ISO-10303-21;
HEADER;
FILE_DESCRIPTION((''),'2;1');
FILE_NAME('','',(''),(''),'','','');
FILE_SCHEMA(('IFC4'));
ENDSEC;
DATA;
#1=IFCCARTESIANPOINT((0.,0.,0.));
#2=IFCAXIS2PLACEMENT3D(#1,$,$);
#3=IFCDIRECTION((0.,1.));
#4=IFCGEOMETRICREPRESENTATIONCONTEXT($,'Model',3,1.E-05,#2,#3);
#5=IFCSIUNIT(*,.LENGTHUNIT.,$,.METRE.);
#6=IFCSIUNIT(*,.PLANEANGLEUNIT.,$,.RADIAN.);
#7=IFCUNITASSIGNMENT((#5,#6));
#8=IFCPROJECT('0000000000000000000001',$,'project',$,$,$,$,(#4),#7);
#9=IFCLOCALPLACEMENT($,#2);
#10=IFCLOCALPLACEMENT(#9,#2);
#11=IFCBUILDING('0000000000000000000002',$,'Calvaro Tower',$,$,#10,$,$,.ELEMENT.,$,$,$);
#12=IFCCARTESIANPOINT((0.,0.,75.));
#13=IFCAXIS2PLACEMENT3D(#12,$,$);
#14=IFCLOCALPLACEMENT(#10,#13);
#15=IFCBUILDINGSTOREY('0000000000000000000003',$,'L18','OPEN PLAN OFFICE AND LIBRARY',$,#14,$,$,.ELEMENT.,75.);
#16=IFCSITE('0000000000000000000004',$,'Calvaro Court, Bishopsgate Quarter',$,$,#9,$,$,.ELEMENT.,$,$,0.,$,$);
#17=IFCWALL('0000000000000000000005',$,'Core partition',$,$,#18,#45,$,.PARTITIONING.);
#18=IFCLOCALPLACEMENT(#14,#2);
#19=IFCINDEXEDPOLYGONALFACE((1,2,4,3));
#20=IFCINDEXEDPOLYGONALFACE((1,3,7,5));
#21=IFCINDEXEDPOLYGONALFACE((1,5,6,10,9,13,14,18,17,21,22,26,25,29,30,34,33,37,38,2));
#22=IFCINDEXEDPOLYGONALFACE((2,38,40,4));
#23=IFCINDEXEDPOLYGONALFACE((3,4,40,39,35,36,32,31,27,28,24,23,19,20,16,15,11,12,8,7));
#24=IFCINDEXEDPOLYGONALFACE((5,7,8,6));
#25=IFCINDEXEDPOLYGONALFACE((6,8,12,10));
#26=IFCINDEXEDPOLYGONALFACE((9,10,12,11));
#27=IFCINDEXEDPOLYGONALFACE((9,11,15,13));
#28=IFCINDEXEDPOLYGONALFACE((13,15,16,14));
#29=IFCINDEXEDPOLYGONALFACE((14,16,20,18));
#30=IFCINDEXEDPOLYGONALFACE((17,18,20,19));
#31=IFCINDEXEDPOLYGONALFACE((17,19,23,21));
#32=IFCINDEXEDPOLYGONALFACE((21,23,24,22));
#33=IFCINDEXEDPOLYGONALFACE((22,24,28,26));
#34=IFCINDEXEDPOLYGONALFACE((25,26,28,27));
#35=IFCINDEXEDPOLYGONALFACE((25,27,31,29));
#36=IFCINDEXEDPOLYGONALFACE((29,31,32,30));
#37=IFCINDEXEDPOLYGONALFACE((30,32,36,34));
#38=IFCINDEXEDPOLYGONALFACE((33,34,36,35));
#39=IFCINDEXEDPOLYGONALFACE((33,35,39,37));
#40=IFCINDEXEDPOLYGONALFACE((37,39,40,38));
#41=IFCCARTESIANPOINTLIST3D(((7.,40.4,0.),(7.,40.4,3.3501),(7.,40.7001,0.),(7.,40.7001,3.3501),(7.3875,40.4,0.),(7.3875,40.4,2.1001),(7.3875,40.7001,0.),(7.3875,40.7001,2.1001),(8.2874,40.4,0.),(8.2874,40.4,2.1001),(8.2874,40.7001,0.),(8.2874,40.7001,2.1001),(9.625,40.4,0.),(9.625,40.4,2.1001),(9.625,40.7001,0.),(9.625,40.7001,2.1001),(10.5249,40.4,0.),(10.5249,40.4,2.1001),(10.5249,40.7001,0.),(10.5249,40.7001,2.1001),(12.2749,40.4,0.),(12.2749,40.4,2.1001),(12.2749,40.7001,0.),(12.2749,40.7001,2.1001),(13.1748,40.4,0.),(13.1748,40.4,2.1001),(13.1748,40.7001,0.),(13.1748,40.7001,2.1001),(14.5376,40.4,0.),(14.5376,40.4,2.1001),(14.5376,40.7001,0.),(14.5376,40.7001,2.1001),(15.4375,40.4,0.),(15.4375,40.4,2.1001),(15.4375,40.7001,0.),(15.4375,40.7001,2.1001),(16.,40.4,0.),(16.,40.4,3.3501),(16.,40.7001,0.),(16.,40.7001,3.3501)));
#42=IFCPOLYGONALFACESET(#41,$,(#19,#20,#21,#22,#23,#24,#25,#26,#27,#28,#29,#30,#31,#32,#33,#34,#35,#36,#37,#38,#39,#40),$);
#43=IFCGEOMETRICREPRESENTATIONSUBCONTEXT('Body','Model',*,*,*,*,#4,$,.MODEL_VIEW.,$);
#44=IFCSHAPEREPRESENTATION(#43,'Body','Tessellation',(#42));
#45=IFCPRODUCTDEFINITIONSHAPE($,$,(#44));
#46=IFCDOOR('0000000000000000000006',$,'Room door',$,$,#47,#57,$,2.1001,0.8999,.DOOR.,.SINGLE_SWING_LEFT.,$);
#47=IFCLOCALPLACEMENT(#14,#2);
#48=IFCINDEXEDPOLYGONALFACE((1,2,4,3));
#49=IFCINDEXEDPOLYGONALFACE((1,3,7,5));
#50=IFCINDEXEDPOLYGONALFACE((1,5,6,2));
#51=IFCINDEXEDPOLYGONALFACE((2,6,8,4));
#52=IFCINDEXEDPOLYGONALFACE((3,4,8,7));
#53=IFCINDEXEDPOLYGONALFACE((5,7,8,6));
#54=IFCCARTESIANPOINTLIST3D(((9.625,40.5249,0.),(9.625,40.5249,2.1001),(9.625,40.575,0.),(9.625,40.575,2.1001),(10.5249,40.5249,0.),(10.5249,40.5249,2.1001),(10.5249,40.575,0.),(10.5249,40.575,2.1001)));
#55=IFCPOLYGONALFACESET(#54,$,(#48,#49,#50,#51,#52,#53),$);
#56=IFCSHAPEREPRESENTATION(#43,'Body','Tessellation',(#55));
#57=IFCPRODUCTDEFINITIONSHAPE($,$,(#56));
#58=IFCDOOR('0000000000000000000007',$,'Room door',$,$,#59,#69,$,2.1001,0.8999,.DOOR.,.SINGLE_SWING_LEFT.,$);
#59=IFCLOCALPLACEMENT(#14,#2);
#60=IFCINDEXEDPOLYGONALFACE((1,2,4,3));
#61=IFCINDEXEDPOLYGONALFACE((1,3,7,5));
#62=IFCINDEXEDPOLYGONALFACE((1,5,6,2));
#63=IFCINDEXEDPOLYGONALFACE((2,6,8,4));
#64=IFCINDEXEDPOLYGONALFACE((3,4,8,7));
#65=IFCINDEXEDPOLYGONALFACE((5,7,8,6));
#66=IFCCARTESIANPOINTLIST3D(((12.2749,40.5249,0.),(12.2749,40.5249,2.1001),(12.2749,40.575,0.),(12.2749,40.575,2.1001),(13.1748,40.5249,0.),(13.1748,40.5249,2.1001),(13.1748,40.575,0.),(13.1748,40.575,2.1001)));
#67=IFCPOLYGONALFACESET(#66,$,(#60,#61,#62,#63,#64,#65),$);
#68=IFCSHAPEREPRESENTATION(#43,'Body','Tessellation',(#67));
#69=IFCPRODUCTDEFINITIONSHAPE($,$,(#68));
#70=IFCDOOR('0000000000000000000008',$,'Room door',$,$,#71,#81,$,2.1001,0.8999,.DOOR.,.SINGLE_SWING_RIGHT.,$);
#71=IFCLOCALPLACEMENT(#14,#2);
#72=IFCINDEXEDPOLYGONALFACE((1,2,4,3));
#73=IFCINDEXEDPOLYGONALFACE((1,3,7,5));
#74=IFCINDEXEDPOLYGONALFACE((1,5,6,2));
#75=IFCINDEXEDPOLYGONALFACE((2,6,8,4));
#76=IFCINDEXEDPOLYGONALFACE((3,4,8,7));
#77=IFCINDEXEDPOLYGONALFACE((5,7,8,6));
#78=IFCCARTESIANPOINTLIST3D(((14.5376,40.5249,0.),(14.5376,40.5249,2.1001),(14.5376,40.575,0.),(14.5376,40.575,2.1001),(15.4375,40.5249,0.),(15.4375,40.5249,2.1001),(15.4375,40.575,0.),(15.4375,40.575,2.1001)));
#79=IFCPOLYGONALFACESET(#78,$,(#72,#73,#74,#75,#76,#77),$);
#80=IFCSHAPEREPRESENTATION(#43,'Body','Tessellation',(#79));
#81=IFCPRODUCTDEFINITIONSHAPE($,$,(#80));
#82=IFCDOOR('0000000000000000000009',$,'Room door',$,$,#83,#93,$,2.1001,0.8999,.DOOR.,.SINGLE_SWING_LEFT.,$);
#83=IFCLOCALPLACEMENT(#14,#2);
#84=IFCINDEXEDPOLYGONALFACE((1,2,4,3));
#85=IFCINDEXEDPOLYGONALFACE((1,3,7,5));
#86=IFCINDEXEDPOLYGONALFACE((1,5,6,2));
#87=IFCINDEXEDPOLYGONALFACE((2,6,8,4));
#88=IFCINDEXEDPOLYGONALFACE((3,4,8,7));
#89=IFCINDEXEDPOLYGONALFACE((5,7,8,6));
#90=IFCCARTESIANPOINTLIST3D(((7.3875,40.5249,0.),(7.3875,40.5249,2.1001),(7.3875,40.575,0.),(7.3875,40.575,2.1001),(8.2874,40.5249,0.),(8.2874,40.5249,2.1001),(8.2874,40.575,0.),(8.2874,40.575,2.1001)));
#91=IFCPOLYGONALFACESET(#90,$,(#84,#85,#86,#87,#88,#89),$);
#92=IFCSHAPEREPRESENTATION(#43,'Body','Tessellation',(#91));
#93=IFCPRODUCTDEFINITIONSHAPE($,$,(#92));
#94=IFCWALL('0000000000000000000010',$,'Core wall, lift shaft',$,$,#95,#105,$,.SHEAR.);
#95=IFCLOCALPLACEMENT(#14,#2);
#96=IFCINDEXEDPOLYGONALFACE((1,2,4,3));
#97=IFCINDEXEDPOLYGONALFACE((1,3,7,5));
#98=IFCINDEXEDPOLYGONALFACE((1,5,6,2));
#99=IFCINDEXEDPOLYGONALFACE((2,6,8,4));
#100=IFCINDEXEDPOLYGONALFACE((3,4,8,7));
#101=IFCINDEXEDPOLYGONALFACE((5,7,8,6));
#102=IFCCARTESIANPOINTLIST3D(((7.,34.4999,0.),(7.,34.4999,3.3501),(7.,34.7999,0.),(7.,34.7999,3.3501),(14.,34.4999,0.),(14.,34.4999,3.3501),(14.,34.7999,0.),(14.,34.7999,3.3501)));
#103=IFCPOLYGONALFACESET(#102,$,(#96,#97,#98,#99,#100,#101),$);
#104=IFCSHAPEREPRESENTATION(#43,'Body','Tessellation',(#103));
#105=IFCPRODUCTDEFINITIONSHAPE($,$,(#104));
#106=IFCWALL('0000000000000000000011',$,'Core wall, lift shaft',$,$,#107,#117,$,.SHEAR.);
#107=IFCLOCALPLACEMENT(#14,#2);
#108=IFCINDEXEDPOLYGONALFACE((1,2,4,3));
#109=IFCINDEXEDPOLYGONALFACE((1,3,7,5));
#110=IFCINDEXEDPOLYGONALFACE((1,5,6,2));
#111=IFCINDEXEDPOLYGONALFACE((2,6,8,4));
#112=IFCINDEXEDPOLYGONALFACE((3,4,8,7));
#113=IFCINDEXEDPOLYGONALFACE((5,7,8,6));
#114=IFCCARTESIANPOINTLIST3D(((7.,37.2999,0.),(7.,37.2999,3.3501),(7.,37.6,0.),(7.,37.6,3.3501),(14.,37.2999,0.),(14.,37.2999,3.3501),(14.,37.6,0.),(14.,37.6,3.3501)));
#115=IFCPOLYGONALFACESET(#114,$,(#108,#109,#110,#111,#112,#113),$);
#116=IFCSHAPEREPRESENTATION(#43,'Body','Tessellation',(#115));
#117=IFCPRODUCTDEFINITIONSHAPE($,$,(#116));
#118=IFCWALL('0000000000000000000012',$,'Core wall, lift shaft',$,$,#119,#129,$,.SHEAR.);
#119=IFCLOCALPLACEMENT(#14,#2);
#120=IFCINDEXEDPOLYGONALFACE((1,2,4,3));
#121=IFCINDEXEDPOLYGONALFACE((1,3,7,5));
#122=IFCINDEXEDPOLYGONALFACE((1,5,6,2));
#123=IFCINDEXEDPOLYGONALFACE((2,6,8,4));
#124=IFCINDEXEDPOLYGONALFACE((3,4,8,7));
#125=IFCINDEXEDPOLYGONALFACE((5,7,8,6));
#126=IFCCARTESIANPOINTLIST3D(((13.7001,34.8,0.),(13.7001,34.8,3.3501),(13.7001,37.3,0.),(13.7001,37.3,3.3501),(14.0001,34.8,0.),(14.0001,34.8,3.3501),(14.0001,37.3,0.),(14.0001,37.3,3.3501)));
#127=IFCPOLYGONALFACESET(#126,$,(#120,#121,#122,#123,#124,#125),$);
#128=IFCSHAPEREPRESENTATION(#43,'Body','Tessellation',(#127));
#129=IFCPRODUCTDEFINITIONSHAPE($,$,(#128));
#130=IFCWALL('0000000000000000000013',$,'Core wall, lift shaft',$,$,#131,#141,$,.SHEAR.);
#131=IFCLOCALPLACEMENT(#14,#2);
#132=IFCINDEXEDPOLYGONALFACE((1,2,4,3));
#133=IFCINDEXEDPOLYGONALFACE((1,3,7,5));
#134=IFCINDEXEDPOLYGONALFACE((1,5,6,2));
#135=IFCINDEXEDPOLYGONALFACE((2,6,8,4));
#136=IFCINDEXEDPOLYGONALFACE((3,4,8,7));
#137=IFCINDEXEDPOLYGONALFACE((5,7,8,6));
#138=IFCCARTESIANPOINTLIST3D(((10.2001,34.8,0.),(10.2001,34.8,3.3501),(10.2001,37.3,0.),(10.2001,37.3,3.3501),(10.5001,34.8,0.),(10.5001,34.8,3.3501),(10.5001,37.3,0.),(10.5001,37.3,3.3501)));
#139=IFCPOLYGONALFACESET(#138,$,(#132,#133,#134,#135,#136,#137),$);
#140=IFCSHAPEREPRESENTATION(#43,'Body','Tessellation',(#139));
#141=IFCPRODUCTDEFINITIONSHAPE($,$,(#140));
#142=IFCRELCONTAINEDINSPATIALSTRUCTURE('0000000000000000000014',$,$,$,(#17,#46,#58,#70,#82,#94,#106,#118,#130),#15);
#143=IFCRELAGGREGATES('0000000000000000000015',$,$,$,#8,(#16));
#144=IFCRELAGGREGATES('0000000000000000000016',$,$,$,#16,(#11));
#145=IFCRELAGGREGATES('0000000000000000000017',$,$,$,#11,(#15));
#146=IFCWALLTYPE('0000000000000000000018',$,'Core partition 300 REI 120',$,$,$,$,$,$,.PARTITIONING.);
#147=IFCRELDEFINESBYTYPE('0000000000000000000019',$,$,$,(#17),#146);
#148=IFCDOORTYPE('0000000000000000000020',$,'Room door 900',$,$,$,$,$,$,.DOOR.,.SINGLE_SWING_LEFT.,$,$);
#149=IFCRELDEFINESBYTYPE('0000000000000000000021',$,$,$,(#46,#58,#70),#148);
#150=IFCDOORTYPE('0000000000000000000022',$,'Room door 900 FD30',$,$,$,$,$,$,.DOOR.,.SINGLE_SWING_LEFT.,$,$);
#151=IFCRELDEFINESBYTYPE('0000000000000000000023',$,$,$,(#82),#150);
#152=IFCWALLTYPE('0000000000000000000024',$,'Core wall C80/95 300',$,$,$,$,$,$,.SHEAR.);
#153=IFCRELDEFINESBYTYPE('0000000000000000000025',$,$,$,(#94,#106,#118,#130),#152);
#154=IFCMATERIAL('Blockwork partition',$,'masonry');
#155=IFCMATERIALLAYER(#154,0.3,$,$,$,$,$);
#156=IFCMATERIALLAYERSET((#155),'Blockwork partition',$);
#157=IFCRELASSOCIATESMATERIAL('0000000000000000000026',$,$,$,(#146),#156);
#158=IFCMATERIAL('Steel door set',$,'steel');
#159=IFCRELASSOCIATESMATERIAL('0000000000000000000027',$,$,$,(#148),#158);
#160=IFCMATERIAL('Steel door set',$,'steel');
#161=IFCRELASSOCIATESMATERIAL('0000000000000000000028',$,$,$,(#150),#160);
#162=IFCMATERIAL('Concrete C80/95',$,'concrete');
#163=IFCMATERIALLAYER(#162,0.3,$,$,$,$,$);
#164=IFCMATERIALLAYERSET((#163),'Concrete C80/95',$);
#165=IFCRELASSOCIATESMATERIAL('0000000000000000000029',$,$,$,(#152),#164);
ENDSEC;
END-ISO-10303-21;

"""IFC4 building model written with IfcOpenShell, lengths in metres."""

from ifc_helpers import new_model, si_unit, direction, frame, frame_2d, origin, place, context, subcontext, project, spatial, rectangle, extrude, material, layer, layer_set, type_object, element, fill, save


model = new_model("IFC4")

# Units and contexts
model_context = context("Model", 3, precision=1e-05, world=origin(), true_north=direction((0.0, 1.0)))
body_context = subcontext(model_context, "Body", "Model", "MODEL_VIEW")
ifc_project = project(units=[si_unit("LENGTHUNIT", "METRE"), si_unit("PLANEANGLEUNIT", "RADIAN")], contexts=[model_context])

# Site, building, storey
site_placement = place(None, origin())
site = spatial("IfcSite", under=ifc_project, at=site_placement, Name="Calvaro Court, Bishopsgate Quarter", CompositionType="ELEMENT", RefElevation=0.0)
building_placement = place(site_placement, origin())
building = spatial("IfcBuilding", under=site, at=building_placement, Name="Calvaro Tower", CompositionType="ELEMENT")
storey_placement = place(building_placement, frame((0.0, 0.0, 75.0)))
storey = spatial("IfcBuildingStorey", under=building, at=storey_placement, Name="L18", Description="OPEN PLAN OFFICE AND LIBRARY", CompositionType="ELEMENT", Elevation=75.0)

# Wall, openings, doors
ifc_material_1 = material(Name="Blockwork partition", Category="masonry")
ifc_layer_1 = layer(ifc_material_1, 0.3)
ifc_layer_set_1 = layer_set([ifc_layer_1], Name="Blockwork partition")
wall_type_1 = type_object("IfcWallType", Name="Core partition 300 REI 120", PredefinedType="PARTITIONING", material=ifc_layer_set_1)
wall_1_placement = place(storey_placement, frame((7.0, 40.55, 0.0), z_axis=(0.0, 0.0, 1.0), x_axis=(1.0, 0.0, 0.0)))
wall_1 = element("IfcWall", 1, at=wall_1_placement, inside=storey, type_object=wall_type_1, Name="Core partition", PredefinedType="PARTITIONING", context=body_context, shape_type="SweptSolid", body=[
    extrude(rectangle(XDim=9.0, YDim=0.3, at=frame_2d((4.5, 0.0))), origin(), (0.0, 0.0, 1.0), 3.3501),
])
opening_1_placement = place(wall_1_placement, frame((0.3875, 0.0, 0.0)))
opening_1 = element("IfcOpeningElement", 2, at=opening_1_placement, cuts=wall_1, PredefinedType="OPENING", context=body_context, shape_type="SweptSolid", body=[
    extrude(rectangle(XDim=0.8999, YDim=2.1001, at=frame_2d((0.45, 1.05))), frame((0.0, 0.1599, 0.0), z_axis=(0.0, -1.0, 0.0), x_axis=(1.0, 0.0, 0.0)), (0.0, 0.0, 1.0), 0.3201),
])
opening_2_placement = place(wall_1_placement, frame((2.625, 0.0, 0.0)))
opening_2 = element("IfcOpeningElement", 3, at=opening_2_placement, cuts=wall_1, PredefinedType="OPENING", context=body_context, shape_type="SweptSolid", body=[
    extrude(rectangle(XDim=0.8999, YDim=2.1001, at=frame_2d((0.45, 1.05))), frame((0.0, 0.1599, 0.0), z_axis=(0.0, -1.0, 0.0), x_axis=(1.0, 0.0, 0.0)), (0.0, 0.0, 1.0), 0.3201),
])
opening_3_placement = place(wall_1_placement, frame((5.2749, 0.0, 0.0)))
opening_3 = element("IfcOpeningElement", 4, at=opening_3_placement, cuts=wall_1, PredefinedType="OPENING", context=body_context, shape_type="SweptSolid", body=[
    extrude(rectangle(XDim=0.8999, YDim=2.1001, at=frame_2d((0.45, 1.05))), frame((0.0, 0.1599, 0.0), z_axis=(0.0, -1.0, 0.0), x_axis=(1.0, 0.0, 0.0)), (0.0, 0.0, 1.0), 0.3201),
])
opening_4_placement = place(wall_1_placement, frame((7.5376, 0.0, 0.0)))
opening_4 = element("IfcOpeningElement", 5, at=opening_4_placement, cuts=wall_1, PredefinedType="OPENING", context=body_context, shape_type="SweptSolid", body=[
    extrude(rectangle(XDim=0.8999, YDim=2.1001, at=frame_2d((0.45, 1.05))), frame((0.0, 0.1599, 0.0), z_axis=(0.0, -1.0, 0.0), x_axis=(1.0, 0.0, 0.0)), (0.0, 0.0, 1.0), 0.3201),
])
ifc_material_2 = material(Name="Steel door set", Category="steel")
door_type_1 = type_object("IfcDoorType", Name="Room door 900", OperationType="SINGLE_SWING_LEFT", PredefinedType="DOOR", material=ifc_material_2)
door_1_placement = place(opening_2_placement, origin())
door_1 = element("IfcDoor", 6, at=door_1_placement, inside=storey, type_object=door_type_1, Name="Room door", OperationType="SINGLE_SWING_LEFT", OverallHeight=2.1001, OverallWidth=0.8999, PredefinedType="DOOR", context=body_context, shape_type="SweptSolid", body=[
    extrude(rectangle(XDim=0.8999, YDim=2.1001, at=frame_2d((0.45, 1.05))), frame((0.0, 0.0249, 0.0), z_axis=(0.0, -1.0, 0.0), x_axis=(1.0, 0.0, 0.0)), (0.0, 0.0, 1.0), 0.05),
])
fill(opening_2, door_1)
door_2_placement = place(opening_3_placement, origin())
door_2 = element("IfcDoor", 7, at=door_2_placement, inside=storey, type_object=door_type_1, Name="Room door", OperationType="SINGLE_SWING_LEFT", OverallHeight=2.1001, OverallWidth=0.8999, PredefinedType="DOOR", context=body_context, shape_type="SweptSolid", body=[
    extrude(rectangle(XDim=0.8999, YDim=2.1001, at=frame_2d((0.45, 1.05))), frame((0.0, 0.0249, 0.0), z_axis=(0.0, -1.0, 0.0), x_axis=(1.0, 0.0, 0.0)), (0.0, 0.0, 1.0), 0.05),
])
fill(opening_3, door_2)
door_3_placement = place(opening_4_placement, origin())
door_3 = element("IfcDoor", 8, at=door_3_placement, inside=storey, type_object=door_type_1, Name="Room door", OperationType="SINGLE_SWING_RIGHT", OverallHeight=2.1001, OverallWidth=0.8999, PredefinedType="DOOR", context=body_context, shape_type="SweptSolid", body=[
    extrude(rectangle(XDim=0.8999, YDim=2.1001, at=frame_2d((0.45, 1.05))), frame((0.0, 0.0249, 0.0), z_axis=(0.0, -1.0, 0.0), x_axis=(1.0, 0.0, 0.0)), (0.0, 0.0, 1.0), 0.05),
])
fill(opening_4, door_3)
ifc_material_3 = material(Name="Steel door set", Category="steel")
door_type_2 = type_object("IfcDoorType", Name="Room door 900 FD30", OperationType="SINGLE_SWING_LEFT", PredefinedType="DOOR", material=ifc_material_3)
door_4_placement = place(opening_1_placement, origin())
door_4 = element("IfcDoor", 9, at=door_4_placement, inside=storey, type_object=door_type_2, Name="Room door", OperationType="SINGLE_SWING_LEFT", OverallHeight=2.1001, OverallWidth=0.8999, PredefinedType="DOOR", context=body_context, shape_type="SweptSolid", body=[
    extrude(rectangle(XDim=0.8999, YDim=2.1001, at=frame_2d((0.45, 1.05))), frame((0.0, 0.0249, 0.0), z_axis=(0.0, -1.0, 0.0), x_axis=(1.0, 0.0, 0.0)), (0.0, 0.0, 1.0), 0.05),
])
fill(opening_1, door_4)

# Walls
ifc_material_4 = material(Name="Concrete C80/95", Category="concrete")
ifc_layer_2 = layer(ifc_material_4, 0.3)
ifc_layer_set_2 = layer_set([ifc_layer_2], Name="Concrete C80/95")
wall_type_2 = type_object("IfcWallType", Name="Core wall C80/95 300", PredefinedType="SHEAR", material=ifc_layer_set_2)
for number, where, z_axis, x_axis, name in (
    (10, (7.0, 34.6499, 0.0), (0.0, 0.0, 1.0), (1.0, 0.0, 0.0), "Core wall, lift shaft"),
    (11, (7.0, 37.45, 0.0), (0.0, 0.0, 1.0), (1.0, 0.0, 0.0), "Core wall, lift shaft"),
):
    element("IfcWall", number, at=place(storey_placement, frame(where, z_axis=z_axis, x_axis=x_axis)), inside=storey, type_object=wall_type_2, Name=name, PredefinedType="SHEAR", context=body_context, shape_type="SweptSolid", body=[
        extrude(rectangle(XDim=7.0, YDim=0.3, at=frame_2d((3.5, 0.0))), origin(), (0.0, 0.0, 1.0), 3.3501),
    ])
for number, where, z_axis, x_axis, name in (
    (12, (13.8501, 34.8, 0.0), (0.0, 0.0, 1.0), (0.0, 1.0, 0.0), "Core wall, lift shaft"),
    (13, (10.3501, 34.8, 0.0), (0.0, 0.0, 1.0), (0.0, 1.0, 0.0), "Core wall, lift shaft"),
):
    element("IfcWall", number, at=place(storey_placement, frame(where, z_axis=z_axis, x_axis=x_axis)), inside=storey, type_object=wall_type_2, Name=name, PredefinedType="SHEAR", context=body_context, shape_type="SweptSolid", body=[
        extrude(rectangle(XDim=2.5, YDim=0.3, at=frame_2d((1.25, 0.0))), origin(), (0.0, 0.0, 1.0), 3.3501),
    ])

save(model, "model.ifc")
